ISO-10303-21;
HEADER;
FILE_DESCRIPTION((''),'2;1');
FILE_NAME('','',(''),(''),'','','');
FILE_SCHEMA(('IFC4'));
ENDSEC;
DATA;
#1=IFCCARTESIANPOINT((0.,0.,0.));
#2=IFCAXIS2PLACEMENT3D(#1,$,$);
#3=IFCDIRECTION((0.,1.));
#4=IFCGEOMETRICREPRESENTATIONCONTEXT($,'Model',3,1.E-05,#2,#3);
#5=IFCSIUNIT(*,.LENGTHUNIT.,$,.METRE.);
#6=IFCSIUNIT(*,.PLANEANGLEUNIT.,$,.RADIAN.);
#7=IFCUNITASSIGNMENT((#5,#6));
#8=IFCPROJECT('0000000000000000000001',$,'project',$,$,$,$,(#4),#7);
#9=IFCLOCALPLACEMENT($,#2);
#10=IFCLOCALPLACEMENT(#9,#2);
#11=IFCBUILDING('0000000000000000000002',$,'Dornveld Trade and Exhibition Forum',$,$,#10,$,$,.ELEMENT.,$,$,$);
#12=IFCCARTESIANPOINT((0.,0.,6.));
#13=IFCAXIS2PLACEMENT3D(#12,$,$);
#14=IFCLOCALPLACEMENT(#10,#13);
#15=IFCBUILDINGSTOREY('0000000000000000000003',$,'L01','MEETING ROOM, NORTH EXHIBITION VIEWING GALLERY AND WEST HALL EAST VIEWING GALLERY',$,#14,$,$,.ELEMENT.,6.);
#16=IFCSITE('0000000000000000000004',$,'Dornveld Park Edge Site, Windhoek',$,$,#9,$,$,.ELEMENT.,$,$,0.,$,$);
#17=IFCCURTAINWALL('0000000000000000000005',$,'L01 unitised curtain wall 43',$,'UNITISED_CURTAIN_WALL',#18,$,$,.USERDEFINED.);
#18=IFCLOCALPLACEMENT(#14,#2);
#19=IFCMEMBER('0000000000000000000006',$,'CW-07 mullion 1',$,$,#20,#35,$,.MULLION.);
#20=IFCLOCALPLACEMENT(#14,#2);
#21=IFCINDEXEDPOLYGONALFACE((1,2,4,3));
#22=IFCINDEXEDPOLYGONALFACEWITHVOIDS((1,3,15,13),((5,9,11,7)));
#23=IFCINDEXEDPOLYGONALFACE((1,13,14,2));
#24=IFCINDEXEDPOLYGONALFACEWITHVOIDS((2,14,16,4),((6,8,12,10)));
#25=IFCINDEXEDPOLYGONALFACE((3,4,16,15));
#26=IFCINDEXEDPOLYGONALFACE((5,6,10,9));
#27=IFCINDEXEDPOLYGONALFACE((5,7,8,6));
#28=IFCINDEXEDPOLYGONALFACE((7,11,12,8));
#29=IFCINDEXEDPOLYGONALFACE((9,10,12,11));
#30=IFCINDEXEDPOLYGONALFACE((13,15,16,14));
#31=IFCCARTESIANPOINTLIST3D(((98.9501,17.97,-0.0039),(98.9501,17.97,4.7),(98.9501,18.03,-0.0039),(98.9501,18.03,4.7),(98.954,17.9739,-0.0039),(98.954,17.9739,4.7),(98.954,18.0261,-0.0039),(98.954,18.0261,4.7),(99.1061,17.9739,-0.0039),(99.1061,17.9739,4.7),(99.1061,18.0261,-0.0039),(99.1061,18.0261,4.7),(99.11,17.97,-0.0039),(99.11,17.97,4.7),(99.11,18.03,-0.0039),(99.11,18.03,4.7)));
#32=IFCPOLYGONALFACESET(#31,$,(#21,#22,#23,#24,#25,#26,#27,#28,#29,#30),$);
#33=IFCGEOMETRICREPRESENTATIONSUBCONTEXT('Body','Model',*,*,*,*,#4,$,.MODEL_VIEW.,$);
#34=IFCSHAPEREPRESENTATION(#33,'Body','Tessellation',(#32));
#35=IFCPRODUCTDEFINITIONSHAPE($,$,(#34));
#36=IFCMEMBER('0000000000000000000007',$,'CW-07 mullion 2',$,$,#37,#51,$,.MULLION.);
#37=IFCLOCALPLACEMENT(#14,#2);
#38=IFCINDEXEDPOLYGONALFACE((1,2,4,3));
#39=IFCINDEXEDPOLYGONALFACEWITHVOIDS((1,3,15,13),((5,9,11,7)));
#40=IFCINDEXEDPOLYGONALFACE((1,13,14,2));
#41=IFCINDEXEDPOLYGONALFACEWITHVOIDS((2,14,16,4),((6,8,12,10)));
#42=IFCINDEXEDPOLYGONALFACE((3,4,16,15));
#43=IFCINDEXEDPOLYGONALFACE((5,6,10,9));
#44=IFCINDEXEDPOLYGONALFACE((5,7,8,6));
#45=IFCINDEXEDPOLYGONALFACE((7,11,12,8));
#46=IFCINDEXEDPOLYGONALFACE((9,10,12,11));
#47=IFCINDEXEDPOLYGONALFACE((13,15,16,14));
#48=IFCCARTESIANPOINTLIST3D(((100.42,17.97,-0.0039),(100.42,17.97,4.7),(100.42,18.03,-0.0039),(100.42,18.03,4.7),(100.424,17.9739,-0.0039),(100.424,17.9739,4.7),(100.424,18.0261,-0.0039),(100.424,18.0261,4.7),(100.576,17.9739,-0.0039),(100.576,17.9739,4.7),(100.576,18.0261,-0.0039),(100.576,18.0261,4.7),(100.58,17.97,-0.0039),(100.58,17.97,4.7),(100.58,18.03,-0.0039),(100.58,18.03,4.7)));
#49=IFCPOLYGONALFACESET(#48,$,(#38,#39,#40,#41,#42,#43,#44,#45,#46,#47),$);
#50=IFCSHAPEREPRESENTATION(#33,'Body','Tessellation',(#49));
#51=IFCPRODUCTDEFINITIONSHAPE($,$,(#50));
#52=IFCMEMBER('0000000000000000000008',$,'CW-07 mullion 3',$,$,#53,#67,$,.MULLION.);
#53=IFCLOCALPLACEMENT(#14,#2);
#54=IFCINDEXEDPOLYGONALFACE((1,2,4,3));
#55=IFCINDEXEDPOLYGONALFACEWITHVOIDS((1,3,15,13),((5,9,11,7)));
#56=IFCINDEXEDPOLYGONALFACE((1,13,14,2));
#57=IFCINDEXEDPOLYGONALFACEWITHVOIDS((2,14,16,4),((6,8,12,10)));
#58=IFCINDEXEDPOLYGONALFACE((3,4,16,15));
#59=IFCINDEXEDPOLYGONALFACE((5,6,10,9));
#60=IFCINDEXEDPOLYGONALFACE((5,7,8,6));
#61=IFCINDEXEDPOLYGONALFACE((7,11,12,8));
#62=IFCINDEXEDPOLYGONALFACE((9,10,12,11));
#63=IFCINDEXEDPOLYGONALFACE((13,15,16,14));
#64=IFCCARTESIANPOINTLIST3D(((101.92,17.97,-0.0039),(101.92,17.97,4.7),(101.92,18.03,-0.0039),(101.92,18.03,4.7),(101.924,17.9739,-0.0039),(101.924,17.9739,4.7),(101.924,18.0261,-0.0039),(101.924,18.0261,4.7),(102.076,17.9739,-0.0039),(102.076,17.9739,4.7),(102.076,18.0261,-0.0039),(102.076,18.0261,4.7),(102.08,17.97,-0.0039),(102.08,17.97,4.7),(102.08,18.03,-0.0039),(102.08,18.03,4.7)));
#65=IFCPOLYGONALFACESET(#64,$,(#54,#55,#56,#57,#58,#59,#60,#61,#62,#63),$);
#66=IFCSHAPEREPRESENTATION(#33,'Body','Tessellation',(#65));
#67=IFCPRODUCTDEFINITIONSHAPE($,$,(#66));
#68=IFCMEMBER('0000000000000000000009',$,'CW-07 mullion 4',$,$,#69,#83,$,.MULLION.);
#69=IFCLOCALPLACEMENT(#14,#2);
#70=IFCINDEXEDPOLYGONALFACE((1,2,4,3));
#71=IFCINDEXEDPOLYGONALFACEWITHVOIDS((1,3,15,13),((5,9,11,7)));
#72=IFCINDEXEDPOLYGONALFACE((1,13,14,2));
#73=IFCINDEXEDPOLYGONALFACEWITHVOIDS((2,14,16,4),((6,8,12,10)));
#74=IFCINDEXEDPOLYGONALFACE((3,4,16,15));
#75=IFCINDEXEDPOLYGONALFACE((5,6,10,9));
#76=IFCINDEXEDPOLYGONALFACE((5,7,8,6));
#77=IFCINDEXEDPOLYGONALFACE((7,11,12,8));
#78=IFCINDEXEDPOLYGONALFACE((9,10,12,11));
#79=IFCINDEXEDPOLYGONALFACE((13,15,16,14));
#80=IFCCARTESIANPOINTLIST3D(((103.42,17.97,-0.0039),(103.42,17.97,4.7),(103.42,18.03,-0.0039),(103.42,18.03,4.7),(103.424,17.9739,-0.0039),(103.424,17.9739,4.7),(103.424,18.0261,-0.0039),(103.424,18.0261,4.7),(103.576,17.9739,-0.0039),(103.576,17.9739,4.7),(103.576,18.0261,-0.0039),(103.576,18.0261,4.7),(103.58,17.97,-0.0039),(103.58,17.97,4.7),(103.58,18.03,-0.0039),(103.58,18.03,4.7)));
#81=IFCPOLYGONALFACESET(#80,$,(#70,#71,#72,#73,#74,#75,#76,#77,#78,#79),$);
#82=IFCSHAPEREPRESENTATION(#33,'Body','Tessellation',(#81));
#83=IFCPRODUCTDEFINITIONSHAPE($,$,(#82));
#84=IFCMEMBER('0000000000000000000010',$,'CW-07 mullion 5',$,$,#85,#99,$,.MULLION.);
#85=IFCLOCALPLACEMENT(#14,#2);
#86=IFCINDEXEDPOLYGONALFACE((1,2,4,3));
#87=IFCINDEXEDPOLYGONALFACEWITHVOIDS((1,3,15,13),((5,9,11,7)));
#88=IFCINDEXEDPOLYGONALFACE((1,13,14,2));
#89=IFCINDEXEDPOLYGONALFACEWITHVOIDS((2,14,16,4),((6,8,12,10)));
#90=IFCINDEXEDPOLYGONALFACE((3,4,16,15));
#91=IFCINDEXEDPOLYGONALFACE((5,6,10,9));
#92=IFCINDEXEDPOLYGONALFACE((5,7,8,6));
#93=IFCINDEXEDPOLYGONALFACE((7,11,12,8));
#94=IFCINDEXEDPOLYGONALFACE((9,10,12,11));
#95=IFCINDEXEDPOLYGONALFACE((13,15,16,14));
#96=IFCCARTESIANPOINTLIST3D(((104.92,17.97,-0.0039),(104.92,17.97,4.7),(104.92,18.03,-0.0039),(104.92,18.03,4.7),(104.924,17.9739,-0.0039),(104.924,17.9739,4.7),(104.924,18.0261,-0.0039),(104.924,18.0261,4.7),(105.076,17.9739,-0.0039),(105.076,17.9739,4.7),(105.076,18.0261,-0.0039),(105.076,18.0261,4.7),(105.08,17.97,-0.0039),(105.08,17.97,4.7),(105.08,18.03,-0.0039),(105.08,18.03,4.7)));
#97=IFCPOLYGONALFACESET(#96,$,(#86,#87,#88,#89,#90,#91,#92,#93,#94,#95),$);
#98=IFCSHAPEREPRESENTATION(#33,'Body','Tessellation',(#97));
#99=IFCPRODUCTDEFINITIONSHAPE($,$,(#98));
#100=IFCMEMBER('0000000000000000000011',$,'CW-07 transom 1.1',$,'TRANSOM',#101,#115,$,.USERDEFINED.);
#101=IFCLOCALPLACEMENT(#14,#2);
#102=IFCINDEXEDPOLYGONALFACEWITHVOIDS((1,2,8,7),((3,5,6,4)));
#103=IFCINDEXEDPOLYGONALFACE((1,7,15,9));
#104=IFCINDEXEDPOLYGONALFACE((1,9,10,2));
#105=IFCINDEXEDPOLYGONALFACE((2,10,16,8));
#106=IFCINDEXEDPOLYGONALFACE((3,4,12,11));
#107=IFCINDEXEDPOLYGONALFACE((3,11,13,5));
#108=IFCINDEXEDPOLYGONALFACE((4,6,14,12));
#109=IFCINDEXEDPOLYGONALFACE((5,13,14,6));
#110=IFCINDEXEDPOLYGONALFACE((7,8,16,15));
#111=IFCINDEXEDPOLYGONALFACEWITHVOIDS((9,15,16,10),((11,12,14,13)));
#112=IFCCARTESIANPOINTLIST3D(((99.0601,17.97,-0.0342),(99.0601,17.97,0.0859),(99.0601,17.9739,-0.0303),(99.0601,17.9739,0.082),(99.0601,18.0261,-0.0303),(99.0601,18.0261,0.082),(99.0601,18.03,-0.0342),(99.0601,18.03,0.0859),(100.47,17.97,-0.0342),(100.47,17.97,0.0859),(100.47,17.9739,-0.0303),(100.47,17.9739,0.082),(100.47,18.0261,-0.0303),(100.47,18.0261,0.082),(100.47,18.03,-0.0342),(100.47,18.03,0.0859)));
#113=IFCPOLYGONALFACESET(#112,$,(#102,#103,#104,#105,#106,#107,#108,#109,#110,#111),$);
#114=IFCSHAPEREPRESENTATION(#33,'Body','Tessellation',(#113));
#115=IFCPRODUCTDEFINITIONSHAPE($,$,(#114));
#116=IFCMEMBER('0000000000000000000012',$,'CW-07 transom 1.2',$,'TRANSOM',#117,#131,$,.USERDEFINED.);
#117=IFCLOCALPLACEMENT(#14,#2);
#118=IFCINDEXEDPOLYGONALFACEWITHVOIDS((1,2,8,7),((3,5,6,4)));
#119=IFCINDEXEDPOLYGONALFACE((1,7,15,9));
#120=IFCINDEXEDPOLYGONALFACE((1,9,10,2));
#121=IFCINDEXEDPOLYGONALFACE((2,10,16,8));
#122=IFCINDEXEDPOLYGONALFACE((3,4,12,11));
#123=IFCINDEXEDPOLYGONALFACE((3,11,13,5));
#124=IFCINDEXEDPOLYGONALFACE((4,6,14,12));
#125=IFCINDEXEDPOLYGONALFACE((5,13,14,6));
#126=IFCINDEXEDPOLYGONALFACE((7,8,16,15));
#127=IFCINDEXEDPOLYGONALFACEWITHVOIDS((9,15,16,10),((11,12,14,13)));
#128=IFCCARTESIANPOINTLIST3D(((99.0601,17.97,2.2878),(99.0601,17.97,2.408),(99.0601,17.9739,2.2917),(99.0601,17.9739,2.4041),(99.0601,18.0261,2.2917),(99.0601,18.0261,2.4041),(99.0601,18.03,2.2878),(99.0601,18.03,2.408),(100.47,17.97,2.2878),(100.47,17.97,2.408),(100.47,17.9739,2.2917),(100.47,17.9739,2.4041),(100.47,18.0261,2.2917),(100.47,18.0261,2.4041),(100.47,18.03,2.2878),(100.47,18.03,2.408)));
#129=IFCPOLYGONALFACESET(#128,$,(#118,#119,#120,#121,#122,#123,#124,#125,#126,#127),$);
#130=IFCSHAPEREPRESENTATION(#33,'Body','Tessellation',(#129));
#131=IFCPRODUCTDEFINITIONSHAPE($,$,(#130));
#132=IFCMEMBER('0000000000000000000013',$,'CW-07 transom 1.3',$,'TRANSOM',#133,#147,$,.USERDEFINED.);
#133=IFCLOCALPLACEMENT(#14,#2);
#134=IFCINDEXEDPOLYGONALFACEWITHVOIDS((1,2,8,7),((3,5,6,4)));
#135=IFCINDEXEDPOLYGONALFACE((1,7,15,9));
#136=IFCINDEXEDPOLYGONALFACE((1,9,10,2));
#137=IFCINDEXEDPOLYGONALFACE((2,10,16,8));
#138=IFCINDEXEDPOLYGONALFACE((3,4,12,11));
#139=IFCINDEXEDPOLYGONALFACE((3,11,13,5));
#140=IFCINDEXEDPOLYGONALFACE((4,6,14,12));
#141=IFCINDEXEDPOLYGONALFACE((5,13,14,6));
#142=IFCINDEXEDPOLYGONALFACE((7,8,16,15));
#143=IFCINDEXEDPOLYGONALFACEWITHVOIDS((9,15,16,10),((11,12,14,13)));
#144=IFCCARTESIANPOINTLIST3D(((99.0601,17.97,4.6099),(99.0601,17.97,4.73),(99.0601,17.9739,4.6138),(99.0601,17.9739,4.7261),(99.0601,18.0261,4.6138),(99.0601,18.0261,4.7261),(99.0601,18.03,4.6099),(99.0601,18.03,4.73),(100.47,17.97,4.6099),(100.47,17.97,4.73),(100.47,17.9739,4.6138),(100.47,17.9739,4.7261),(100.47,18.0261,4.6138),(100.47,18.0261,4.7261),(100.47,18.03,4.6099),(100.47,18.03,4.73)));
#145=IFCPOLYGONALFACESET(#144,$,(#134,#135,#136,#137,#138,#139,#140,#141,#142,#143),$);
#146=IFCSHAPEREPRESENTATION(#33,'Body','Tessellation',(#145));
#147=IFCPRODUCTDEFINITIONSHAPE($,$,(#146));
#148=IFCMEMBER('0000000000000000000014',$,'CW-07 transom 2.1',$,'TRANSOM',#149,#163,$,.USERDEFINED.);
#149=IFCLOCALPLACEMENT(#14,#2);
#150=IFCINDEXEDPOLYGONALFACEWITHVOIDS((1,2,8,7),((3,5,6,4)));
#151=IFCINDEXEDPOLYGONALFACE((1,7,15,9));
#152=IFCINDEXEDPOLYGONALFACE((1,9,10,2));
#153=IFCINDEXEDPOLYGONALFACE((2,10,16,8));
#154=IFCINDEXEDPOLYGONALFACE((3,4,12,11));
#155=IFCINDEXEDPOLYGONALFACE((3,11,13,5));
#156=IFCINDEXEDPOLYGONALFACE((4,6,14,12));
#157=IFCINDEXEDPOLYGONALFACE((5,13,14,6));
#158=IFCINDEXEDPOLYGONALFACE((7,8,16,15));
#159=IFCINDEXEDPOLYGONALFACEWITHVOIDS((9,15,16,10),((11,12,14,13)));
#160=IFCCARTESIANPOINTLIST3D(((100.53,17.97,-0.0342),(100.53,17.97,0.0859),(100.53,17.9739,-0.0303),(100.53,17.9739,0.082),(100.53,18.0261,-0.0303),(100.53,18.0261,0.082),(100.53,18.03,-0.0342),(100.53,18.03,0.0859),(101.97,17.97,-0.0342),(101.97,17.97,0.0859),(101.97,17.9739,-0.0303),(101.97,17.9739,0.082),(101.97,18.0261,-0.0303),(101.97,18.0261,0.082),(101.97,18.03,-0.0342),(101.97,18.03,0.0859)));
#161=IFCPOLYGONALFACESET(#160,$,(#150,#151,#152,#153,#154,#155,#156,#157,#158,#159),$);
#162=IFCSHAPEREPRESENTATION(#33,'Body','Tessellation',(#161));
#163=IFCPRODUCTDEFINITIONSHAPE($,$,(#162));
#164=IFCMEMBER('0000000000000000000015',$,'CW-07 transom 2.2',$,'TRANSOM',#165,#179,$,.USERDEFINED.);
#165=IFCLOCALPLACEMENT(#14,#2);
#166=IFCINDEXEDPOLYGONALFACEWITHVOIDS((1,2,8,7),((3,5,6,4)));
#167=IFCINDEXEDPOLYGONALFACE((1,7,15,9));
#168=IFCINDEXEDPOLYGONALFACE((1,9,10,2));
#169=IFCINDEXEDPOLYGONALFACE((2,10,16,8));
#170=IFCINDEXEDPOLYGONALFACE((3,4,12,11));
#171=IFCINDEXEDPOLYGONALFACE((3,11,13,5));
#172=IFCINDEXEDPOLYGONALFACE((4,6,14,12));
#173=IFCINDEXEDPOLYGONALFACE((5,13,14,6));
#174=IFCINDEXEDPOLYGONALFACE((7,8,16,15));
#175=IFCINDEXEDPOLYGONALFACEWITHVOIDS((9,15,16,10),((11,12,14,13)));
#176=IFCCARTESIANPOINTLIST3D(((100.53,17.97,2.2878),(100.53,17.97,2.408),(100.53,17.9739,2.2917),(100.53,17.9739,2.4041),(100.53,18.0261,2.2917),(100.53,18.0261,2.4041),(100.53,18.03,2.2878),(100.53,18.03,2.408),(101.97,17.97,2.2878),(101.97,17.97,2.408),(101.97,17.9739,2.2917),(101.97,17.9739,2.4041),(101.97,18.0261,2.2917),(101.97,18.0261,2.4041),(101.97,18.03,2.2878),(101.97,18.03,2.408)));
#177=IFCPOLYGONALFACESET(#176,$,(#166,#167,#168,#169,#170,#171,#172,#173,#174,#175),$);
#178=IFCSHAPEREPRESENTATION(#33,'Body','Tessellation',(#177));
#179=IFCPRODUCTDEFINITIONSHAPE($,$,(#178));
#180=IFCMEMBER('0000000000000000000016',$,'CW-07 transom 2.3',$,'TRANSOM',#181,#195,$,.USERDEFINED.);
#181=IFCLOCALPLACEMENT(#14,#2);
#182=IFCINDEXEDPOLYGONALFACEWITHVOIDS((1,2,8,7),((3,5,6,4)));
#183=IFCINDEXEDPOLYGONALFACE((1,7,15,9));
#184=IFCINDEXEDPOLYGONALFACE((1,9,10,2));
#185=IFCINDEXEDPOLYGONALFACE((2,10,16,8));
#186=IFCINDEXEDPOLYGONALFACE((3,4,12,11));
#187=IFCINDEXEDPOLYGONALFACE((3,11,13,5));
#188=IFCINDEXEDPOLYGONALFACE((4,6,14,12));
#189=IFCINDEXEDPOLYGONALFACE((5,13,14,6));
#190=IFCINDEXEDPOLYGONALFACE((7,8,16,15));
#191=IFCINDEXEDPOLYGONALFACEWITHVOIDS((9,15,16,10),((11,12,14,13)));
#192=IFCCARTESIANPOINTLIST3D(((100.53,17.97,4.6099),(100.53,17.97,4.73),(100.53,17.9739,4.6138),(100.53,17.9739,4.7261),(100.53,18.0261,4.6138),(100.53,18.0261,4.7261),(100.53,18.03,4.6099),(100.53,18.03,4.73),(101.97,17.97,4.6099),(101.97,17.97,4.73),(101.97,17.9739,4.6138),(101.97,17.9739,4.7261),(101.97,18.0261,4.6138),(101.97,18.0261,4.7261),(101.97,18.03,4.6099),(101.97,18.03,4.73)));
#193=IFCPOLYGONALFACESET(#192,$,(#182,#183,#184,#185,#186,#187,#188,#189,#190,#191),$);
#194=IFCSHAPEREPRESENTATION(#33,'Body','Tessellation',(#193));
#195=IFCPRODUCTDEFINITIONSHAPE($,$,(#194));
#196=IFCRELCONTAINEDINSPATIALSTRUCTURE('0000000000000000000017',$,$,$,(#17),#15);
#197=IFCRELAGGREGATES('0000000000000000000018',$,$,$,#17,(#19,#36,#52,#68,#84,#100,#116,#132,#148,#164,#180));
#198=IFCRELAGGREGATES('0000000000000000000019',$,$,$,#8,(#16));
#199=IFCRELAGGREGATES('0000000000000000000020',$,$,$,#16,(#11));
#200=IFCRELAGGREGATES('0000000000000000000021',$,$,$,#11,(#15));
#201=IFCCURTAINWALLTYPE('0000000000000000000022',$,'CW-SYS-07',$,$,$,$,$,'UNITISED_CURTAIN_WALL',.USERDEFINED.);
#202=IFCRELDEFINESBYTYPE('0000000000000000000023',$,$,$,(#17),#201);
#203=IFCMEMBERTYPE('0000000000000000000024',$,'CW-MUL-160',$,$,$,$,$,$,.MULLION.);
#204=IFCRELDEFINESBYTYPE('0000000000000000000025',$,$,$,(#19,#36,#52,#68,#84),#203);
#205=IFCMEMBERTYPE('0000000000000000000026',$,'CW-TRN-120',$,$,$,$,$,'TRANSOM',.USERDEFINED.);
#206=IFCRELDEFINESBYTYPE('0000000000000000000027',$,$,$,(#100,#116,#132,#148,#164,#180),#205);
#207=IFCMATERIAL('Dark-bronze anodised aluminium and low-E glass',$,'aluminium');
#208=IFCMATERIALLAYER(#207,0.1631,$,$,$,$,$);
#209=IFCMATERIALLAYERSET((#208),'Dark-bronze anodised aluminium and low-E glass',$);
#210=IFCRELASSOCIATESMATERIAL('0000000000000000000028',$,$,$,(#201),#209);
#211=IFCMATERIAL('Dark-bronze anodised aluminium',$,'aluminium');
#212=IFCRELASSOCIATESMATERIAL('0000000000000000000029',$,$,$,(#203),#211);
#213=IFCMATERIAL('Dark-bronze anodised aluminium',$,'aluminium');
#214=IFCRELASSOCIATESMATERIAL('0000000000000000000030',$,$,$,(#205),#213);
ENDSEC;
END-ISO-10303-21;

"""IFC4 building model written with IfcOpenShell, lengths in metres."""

from ifc_helpers import new_model, si_unit, direction, frame, origin, origin_2d, place, context, subcontext, project, spatial, hollow_rectangle, extrude, material, layer, layer_set, material_profile, profile_set, type_object, element, aggregate, save


model = new_model("IFC4")

# Units and contexts
model_context = context("Model", 3, precision=1e-05, world=origin(), true_north=direction((0.0, 1.0)))
body_context = subcontext(model_context, "Body", "Model", "MODEL_VIEW")
ifc_project = project(units=[si_unit("LENGTHUNIT", "METRE"), si_unit("PLANEANGLEUNIT", "RADIAN")], contexts=[model_context])

# Site, building, storey
site_placement = place(None, origin())
site = spatial("IfcSite", under=ifc_project, at=site_placement, Name="Dornveld Park Edge Site, Windhoek", CompositionType="ELEMENT", RefElevation=0.0)
building_placement = place(site_placement, origin())
building = spatial("IfcBuilding", under=site, at=building_placement, Name="Dornveld Trade and Exhibition Forum", CompositionType="ELEMENT")
storey_placement = place(building_placement, frame((0.0, 0.0, 6.0)))
storey = spatial("IfcBuildingStorey", under=building, at=storey_placement, Name="L01", Description="MEETING ROOM, NORTH EXHIBITION VIEWING GALLERY AND WEST HALL EAST VIEWING GALLERY", CompositionType="ELEMENT", Elevation=6.0)

# Curtain wall, members
ifc_material_1 = material(Name="Dark-bronze anodised aluminium and low-E glass", Category="aluminium")
ifc_layer_1 = layer(ifc_material_1, 0.1631)
ifc_layer_set_1 = layer_set([ifc_layer_1], Name="Dark-bronze anodised aluminium and low-E glass")
curtain_wall_type = type_object("IfcCurtainWallType", Name="CW-SYS-07", ElementType="UNITISED_CURTAIN_WALL", PredefinedType="USERDEFINED", material=ifc_layer_set_1)
curtain_wall_placement = place(storey_placement, origin())
curtain_wall = element("IfcCurtainWall", 1, at=curtain_wall_placement, inside=storey, type_object=curtain_wall_type, Name="L01 unitised curtain wall 43", ObjectType="UNITISED_CURTAIN_WALL", PredefinedType="USERDEFINED")
ifc_material_2 = material(Name="Dark-bronze anodised aluminium", Category="aluminium")
ifc_material_profile_1 = material_profile(ifc_material_2, hollow_rectangle(XDim=0.0601, YDim=0.1599, WallThickness=0.0039, at=origin_2d()), Name="RHS 160x60x4")
ifc_profile_set_1 = profile_set([ifc_material_profile_1], Name="Dark-bronze anodised aluminium")
member_type_1 = type_object("IfcMemberType", Name="CW-MUL-160", PredefinedType="MULLION", material=ifc_profile_set_1)
member_1_placement = place(storey_placement, frame((99.03, 18.0, -0.0039), z_axis=(0.0, 0.0, 1.0), x_axis=(0.0, 1.0, 0.0)))
member_1 = element("IfcMember", 2, at=member_1_placement, type_object=member_type_1, Name="CW-07 mullion 1", PredefinedType="MULLION", context=body_context, shape_type="SweptSolid", body=[
    extrude(hollow_rectangle(XDim=0.0601, YDim=0.1599, WallThickness=0.0039, at=origin_2d()), origin(), (0.0, 0.0, 1.0), 4.7039),
])
member_2_placement = place(storey_placement, frame((100.5, 18.0, -0.0039), z_axis=(0.0, 0.0, 1.0), x_axis=(0.0, 1.0, 0.0)))
member_2 = element("IfcMember", 3, at=member_2_placement, type_object=member_type_1, Name="CW-07 mullion 2", PredefinedType="MULLION", context=body_context, shape_type="SweptSolid", body=[
    extrude(hollow_rectangle(XDim=0.0601, YDim=0.1599, WallThickness=0.0039, at=origin_2d()), origin(), (0.0, 0.0, 1.0), 4.7039),
])
member_3_placement = place(storey_placement, frame((102.0, 18.0, -0.0039), z_axis=(0.0, 0.0, 1.0), x_axis=(0.0, 1.0, 0.0)))
member_3 = element("IfcMember", 4, at=member_3_placement, type_object=member_type_1, Name="CW-07 mullion 3", PredefinedType="MULLION", context=body_context, shape_type="SweptSolid", body=[
    extrude(hollow_rectangle(XDim=0.0601, YDim=0.1599, WallThickness=0.0039, at=origin_2d()), origin(), (0.0, 0.0, 1.0), 4.7039),
])
member_4_placement = place(storey_placement, frame((103.5, 18.0, -0.0039), z_axis=(0.0, 0.0, 1.0), x_axis=(0.0, 1.0, 0.0)))
member_4 = element("IfcMember", 5, at=member_4_placement, type_object=member_type_1, Name="CW-07 mullion 4", PredefinedType="MULLION", context=body_context, shape_type="SweptSolid", body=[
    extrude(hollow_rectangle(XDim=0.0601, YDim=0.1599, WallThickness=0.0039, at=origin_2d()), origin(), (0.0, 0.0, 1.0), 4.7039),
])
member_5_placement = place(storey_placement, frame((105.0, 18.0, -0.0039), z_axis=(0.0, 0.0, 1.0), x_axis=(0.0, 1.0, 0.0)))
member_5 = element("IfcMember", 6, at=member_5_placement, type_object=member_type_1, Name="CW-07 mullion 5", PredefinedType="MULLION", context=body_context, shape_type="SweptSolid", body=[
    extrude(hollow_rectangle(XDim=0.0601, YDim=0.1599, WallThickness=0.0039, at=origin_2d()), origin(), (0.0, 0.0, 1.0), 4.7039),
])
ifc_material_3 = material(Name="Dark-bronze anodised aluminium", Category="aluminium")
ifc_material_profile_2 = material_profile(ifc_material_3, hollow_rectangle(XDim=0.0601, YDim=0.1201, WallThickness=0.0039, at=origin_2d()), Name="RHS 120x60x4")
ifc_profile_set_2 = profile_set([ifc_material_profile_2], Name="Dark-bronze anodised aluminium")
member_type_2 = type_object("IfcMemberType", Name="CW-TRN-120", ElementType="TRANSOM", PredefinedType="USERDEFINED", material=ifc_profile_set_2)
member_6_placement = place(storey_placement, frame((99.0601, 18.0, 0.0259), z_axis=(1.0, 0.0, 0.0), x_axis=(0.0, 1.0, 0.0)))
member_6 = element("IfcMember", 7, at=member_6_placement, type_object=member_type_2, Name="CW-07 transom 1.1", ObjectType="TRANSOM", PredefinedType="USERDEFINED", context=body_context, shape_type="SweptSolid", body=[
    extrude(hollow_rectangle(XDim=0.0601, YDim=0.1201, WallThickness=0.0039, at=origin_2d()), origin(), (0.0, 0.0, 1.0), 1.4099),
])
member_7_placement = place(storey_placement, frame((99.0601, 18.0, 2.3479), z_axis=(1.0, 0.0, 0.0), x_axis=(0.0, 1.0, 0.0)))
member_7 = element("IfcMember", 8, at=member_7_placement, type_object=member_type_2, Name="CW-07 transom 1.2", ObjectType="TRANSOM", PredefinedType="USERDEFINED", context=body_context, shape_type="SweptSolid", body=[
    extrude(hollow_rectangle(XDim=0.0601, YDim=0.1201, WallThickness=0.0039, at=origin_2d()), origin(), (0.0, 0.0, 1.0), 1.4099),
])
member_8_placement = place(storey_placement, frame((99.0601, 18.0, 4.6699), z_axis=(1.0, 0.0, 0.0), x_axis=(0.0, 1.0, 0.0)))
member_8 = element("IfcMember", 9, at=member_8_placement, type_object=member_type_2, Name="CW-07 transom 1.3", ObjectType="TRANSOM", PredefinedType="USERDEFINED", context=body_context, shape_type="SweptSolid", body=[
    extrude(hollow_rectangle(XDim=0.0601, YDim=0.1201, WallThickness=0.0039, at=origin_2d()), origin(), (0.0, 0.0, 1.0), 1.4099),
])
member_9_placement = place(storey_placement, frame((100.53, 18.0, 0.0259), z_axis=(1.0, 0.0, 0.0), x_axis=(0.0, 1.0, 0.0)))
member_9 = element("IfcMember", 10, at=member_9_placement, type_object=member_type_2, Name="CW-07 transom 2.1", ObjectType="TRANSOM", PredefinedType="USERDEFINED", context=body_context, shape_type="SweptSolid", body=[
    extrude(hollow_rectangle(XDim=0.0601, YDim=0.1201, WallThickness=0.0039, at=origin_2d()), origin(), (0.0, 0.0, 1.0), 1.4399),
])
member_10_placement = place(storey_placement, frame((100.53, 18.0, 2.3479), z_axis=(1.0, 0.0, 0.0), x_axis=(0.0, 1.0, 0.0)))
member_10 = element("IfcMember", 11, at=member_10_placement, type_object=member_type_2, Name="CW-07 transom 2.2", ObjectType="TRANSOM", PredefinedType="USERDEFINED", context=body_context, shape_type="SweptSolid", body=[
    extrude(hollow_rectangle(XDim=0.0601, YDim=0.1201, WallThickness=0.0039, at=origin_2d()), origin(), (0.0, 0.0, 1.0), 1.4399),
])
member_11_placement = place(storey_placement, frame((100.53, 18.0, 4.6699), z_axis=(1.0, 0.0, 0.0), x_axis=(0.0, 1.0, 0.0)))
member_11 = element("IfcMember", 12, at=member_11_placement, type_object=member_type_2, Name="CW-07 transom 2.3", ObjectType="TRANSOM", PredefinedType="USERDEFINED", context=body_context, shape_type="SweptSolid", body=[
    extrude(hollow_rectangle(XDim=0.0601, YDim=0.1201, WallThickness=0.0039, at=origin_2d()), origin(), (0.0, 0.0, 1.0), 1.4399),
])
aggregate(curtain_wall, [member_1, member_2, member_3, member_4, member_5, member_6, member_7, member_8, member_9, member_10, member_11])

save(model, "model.ifc")
